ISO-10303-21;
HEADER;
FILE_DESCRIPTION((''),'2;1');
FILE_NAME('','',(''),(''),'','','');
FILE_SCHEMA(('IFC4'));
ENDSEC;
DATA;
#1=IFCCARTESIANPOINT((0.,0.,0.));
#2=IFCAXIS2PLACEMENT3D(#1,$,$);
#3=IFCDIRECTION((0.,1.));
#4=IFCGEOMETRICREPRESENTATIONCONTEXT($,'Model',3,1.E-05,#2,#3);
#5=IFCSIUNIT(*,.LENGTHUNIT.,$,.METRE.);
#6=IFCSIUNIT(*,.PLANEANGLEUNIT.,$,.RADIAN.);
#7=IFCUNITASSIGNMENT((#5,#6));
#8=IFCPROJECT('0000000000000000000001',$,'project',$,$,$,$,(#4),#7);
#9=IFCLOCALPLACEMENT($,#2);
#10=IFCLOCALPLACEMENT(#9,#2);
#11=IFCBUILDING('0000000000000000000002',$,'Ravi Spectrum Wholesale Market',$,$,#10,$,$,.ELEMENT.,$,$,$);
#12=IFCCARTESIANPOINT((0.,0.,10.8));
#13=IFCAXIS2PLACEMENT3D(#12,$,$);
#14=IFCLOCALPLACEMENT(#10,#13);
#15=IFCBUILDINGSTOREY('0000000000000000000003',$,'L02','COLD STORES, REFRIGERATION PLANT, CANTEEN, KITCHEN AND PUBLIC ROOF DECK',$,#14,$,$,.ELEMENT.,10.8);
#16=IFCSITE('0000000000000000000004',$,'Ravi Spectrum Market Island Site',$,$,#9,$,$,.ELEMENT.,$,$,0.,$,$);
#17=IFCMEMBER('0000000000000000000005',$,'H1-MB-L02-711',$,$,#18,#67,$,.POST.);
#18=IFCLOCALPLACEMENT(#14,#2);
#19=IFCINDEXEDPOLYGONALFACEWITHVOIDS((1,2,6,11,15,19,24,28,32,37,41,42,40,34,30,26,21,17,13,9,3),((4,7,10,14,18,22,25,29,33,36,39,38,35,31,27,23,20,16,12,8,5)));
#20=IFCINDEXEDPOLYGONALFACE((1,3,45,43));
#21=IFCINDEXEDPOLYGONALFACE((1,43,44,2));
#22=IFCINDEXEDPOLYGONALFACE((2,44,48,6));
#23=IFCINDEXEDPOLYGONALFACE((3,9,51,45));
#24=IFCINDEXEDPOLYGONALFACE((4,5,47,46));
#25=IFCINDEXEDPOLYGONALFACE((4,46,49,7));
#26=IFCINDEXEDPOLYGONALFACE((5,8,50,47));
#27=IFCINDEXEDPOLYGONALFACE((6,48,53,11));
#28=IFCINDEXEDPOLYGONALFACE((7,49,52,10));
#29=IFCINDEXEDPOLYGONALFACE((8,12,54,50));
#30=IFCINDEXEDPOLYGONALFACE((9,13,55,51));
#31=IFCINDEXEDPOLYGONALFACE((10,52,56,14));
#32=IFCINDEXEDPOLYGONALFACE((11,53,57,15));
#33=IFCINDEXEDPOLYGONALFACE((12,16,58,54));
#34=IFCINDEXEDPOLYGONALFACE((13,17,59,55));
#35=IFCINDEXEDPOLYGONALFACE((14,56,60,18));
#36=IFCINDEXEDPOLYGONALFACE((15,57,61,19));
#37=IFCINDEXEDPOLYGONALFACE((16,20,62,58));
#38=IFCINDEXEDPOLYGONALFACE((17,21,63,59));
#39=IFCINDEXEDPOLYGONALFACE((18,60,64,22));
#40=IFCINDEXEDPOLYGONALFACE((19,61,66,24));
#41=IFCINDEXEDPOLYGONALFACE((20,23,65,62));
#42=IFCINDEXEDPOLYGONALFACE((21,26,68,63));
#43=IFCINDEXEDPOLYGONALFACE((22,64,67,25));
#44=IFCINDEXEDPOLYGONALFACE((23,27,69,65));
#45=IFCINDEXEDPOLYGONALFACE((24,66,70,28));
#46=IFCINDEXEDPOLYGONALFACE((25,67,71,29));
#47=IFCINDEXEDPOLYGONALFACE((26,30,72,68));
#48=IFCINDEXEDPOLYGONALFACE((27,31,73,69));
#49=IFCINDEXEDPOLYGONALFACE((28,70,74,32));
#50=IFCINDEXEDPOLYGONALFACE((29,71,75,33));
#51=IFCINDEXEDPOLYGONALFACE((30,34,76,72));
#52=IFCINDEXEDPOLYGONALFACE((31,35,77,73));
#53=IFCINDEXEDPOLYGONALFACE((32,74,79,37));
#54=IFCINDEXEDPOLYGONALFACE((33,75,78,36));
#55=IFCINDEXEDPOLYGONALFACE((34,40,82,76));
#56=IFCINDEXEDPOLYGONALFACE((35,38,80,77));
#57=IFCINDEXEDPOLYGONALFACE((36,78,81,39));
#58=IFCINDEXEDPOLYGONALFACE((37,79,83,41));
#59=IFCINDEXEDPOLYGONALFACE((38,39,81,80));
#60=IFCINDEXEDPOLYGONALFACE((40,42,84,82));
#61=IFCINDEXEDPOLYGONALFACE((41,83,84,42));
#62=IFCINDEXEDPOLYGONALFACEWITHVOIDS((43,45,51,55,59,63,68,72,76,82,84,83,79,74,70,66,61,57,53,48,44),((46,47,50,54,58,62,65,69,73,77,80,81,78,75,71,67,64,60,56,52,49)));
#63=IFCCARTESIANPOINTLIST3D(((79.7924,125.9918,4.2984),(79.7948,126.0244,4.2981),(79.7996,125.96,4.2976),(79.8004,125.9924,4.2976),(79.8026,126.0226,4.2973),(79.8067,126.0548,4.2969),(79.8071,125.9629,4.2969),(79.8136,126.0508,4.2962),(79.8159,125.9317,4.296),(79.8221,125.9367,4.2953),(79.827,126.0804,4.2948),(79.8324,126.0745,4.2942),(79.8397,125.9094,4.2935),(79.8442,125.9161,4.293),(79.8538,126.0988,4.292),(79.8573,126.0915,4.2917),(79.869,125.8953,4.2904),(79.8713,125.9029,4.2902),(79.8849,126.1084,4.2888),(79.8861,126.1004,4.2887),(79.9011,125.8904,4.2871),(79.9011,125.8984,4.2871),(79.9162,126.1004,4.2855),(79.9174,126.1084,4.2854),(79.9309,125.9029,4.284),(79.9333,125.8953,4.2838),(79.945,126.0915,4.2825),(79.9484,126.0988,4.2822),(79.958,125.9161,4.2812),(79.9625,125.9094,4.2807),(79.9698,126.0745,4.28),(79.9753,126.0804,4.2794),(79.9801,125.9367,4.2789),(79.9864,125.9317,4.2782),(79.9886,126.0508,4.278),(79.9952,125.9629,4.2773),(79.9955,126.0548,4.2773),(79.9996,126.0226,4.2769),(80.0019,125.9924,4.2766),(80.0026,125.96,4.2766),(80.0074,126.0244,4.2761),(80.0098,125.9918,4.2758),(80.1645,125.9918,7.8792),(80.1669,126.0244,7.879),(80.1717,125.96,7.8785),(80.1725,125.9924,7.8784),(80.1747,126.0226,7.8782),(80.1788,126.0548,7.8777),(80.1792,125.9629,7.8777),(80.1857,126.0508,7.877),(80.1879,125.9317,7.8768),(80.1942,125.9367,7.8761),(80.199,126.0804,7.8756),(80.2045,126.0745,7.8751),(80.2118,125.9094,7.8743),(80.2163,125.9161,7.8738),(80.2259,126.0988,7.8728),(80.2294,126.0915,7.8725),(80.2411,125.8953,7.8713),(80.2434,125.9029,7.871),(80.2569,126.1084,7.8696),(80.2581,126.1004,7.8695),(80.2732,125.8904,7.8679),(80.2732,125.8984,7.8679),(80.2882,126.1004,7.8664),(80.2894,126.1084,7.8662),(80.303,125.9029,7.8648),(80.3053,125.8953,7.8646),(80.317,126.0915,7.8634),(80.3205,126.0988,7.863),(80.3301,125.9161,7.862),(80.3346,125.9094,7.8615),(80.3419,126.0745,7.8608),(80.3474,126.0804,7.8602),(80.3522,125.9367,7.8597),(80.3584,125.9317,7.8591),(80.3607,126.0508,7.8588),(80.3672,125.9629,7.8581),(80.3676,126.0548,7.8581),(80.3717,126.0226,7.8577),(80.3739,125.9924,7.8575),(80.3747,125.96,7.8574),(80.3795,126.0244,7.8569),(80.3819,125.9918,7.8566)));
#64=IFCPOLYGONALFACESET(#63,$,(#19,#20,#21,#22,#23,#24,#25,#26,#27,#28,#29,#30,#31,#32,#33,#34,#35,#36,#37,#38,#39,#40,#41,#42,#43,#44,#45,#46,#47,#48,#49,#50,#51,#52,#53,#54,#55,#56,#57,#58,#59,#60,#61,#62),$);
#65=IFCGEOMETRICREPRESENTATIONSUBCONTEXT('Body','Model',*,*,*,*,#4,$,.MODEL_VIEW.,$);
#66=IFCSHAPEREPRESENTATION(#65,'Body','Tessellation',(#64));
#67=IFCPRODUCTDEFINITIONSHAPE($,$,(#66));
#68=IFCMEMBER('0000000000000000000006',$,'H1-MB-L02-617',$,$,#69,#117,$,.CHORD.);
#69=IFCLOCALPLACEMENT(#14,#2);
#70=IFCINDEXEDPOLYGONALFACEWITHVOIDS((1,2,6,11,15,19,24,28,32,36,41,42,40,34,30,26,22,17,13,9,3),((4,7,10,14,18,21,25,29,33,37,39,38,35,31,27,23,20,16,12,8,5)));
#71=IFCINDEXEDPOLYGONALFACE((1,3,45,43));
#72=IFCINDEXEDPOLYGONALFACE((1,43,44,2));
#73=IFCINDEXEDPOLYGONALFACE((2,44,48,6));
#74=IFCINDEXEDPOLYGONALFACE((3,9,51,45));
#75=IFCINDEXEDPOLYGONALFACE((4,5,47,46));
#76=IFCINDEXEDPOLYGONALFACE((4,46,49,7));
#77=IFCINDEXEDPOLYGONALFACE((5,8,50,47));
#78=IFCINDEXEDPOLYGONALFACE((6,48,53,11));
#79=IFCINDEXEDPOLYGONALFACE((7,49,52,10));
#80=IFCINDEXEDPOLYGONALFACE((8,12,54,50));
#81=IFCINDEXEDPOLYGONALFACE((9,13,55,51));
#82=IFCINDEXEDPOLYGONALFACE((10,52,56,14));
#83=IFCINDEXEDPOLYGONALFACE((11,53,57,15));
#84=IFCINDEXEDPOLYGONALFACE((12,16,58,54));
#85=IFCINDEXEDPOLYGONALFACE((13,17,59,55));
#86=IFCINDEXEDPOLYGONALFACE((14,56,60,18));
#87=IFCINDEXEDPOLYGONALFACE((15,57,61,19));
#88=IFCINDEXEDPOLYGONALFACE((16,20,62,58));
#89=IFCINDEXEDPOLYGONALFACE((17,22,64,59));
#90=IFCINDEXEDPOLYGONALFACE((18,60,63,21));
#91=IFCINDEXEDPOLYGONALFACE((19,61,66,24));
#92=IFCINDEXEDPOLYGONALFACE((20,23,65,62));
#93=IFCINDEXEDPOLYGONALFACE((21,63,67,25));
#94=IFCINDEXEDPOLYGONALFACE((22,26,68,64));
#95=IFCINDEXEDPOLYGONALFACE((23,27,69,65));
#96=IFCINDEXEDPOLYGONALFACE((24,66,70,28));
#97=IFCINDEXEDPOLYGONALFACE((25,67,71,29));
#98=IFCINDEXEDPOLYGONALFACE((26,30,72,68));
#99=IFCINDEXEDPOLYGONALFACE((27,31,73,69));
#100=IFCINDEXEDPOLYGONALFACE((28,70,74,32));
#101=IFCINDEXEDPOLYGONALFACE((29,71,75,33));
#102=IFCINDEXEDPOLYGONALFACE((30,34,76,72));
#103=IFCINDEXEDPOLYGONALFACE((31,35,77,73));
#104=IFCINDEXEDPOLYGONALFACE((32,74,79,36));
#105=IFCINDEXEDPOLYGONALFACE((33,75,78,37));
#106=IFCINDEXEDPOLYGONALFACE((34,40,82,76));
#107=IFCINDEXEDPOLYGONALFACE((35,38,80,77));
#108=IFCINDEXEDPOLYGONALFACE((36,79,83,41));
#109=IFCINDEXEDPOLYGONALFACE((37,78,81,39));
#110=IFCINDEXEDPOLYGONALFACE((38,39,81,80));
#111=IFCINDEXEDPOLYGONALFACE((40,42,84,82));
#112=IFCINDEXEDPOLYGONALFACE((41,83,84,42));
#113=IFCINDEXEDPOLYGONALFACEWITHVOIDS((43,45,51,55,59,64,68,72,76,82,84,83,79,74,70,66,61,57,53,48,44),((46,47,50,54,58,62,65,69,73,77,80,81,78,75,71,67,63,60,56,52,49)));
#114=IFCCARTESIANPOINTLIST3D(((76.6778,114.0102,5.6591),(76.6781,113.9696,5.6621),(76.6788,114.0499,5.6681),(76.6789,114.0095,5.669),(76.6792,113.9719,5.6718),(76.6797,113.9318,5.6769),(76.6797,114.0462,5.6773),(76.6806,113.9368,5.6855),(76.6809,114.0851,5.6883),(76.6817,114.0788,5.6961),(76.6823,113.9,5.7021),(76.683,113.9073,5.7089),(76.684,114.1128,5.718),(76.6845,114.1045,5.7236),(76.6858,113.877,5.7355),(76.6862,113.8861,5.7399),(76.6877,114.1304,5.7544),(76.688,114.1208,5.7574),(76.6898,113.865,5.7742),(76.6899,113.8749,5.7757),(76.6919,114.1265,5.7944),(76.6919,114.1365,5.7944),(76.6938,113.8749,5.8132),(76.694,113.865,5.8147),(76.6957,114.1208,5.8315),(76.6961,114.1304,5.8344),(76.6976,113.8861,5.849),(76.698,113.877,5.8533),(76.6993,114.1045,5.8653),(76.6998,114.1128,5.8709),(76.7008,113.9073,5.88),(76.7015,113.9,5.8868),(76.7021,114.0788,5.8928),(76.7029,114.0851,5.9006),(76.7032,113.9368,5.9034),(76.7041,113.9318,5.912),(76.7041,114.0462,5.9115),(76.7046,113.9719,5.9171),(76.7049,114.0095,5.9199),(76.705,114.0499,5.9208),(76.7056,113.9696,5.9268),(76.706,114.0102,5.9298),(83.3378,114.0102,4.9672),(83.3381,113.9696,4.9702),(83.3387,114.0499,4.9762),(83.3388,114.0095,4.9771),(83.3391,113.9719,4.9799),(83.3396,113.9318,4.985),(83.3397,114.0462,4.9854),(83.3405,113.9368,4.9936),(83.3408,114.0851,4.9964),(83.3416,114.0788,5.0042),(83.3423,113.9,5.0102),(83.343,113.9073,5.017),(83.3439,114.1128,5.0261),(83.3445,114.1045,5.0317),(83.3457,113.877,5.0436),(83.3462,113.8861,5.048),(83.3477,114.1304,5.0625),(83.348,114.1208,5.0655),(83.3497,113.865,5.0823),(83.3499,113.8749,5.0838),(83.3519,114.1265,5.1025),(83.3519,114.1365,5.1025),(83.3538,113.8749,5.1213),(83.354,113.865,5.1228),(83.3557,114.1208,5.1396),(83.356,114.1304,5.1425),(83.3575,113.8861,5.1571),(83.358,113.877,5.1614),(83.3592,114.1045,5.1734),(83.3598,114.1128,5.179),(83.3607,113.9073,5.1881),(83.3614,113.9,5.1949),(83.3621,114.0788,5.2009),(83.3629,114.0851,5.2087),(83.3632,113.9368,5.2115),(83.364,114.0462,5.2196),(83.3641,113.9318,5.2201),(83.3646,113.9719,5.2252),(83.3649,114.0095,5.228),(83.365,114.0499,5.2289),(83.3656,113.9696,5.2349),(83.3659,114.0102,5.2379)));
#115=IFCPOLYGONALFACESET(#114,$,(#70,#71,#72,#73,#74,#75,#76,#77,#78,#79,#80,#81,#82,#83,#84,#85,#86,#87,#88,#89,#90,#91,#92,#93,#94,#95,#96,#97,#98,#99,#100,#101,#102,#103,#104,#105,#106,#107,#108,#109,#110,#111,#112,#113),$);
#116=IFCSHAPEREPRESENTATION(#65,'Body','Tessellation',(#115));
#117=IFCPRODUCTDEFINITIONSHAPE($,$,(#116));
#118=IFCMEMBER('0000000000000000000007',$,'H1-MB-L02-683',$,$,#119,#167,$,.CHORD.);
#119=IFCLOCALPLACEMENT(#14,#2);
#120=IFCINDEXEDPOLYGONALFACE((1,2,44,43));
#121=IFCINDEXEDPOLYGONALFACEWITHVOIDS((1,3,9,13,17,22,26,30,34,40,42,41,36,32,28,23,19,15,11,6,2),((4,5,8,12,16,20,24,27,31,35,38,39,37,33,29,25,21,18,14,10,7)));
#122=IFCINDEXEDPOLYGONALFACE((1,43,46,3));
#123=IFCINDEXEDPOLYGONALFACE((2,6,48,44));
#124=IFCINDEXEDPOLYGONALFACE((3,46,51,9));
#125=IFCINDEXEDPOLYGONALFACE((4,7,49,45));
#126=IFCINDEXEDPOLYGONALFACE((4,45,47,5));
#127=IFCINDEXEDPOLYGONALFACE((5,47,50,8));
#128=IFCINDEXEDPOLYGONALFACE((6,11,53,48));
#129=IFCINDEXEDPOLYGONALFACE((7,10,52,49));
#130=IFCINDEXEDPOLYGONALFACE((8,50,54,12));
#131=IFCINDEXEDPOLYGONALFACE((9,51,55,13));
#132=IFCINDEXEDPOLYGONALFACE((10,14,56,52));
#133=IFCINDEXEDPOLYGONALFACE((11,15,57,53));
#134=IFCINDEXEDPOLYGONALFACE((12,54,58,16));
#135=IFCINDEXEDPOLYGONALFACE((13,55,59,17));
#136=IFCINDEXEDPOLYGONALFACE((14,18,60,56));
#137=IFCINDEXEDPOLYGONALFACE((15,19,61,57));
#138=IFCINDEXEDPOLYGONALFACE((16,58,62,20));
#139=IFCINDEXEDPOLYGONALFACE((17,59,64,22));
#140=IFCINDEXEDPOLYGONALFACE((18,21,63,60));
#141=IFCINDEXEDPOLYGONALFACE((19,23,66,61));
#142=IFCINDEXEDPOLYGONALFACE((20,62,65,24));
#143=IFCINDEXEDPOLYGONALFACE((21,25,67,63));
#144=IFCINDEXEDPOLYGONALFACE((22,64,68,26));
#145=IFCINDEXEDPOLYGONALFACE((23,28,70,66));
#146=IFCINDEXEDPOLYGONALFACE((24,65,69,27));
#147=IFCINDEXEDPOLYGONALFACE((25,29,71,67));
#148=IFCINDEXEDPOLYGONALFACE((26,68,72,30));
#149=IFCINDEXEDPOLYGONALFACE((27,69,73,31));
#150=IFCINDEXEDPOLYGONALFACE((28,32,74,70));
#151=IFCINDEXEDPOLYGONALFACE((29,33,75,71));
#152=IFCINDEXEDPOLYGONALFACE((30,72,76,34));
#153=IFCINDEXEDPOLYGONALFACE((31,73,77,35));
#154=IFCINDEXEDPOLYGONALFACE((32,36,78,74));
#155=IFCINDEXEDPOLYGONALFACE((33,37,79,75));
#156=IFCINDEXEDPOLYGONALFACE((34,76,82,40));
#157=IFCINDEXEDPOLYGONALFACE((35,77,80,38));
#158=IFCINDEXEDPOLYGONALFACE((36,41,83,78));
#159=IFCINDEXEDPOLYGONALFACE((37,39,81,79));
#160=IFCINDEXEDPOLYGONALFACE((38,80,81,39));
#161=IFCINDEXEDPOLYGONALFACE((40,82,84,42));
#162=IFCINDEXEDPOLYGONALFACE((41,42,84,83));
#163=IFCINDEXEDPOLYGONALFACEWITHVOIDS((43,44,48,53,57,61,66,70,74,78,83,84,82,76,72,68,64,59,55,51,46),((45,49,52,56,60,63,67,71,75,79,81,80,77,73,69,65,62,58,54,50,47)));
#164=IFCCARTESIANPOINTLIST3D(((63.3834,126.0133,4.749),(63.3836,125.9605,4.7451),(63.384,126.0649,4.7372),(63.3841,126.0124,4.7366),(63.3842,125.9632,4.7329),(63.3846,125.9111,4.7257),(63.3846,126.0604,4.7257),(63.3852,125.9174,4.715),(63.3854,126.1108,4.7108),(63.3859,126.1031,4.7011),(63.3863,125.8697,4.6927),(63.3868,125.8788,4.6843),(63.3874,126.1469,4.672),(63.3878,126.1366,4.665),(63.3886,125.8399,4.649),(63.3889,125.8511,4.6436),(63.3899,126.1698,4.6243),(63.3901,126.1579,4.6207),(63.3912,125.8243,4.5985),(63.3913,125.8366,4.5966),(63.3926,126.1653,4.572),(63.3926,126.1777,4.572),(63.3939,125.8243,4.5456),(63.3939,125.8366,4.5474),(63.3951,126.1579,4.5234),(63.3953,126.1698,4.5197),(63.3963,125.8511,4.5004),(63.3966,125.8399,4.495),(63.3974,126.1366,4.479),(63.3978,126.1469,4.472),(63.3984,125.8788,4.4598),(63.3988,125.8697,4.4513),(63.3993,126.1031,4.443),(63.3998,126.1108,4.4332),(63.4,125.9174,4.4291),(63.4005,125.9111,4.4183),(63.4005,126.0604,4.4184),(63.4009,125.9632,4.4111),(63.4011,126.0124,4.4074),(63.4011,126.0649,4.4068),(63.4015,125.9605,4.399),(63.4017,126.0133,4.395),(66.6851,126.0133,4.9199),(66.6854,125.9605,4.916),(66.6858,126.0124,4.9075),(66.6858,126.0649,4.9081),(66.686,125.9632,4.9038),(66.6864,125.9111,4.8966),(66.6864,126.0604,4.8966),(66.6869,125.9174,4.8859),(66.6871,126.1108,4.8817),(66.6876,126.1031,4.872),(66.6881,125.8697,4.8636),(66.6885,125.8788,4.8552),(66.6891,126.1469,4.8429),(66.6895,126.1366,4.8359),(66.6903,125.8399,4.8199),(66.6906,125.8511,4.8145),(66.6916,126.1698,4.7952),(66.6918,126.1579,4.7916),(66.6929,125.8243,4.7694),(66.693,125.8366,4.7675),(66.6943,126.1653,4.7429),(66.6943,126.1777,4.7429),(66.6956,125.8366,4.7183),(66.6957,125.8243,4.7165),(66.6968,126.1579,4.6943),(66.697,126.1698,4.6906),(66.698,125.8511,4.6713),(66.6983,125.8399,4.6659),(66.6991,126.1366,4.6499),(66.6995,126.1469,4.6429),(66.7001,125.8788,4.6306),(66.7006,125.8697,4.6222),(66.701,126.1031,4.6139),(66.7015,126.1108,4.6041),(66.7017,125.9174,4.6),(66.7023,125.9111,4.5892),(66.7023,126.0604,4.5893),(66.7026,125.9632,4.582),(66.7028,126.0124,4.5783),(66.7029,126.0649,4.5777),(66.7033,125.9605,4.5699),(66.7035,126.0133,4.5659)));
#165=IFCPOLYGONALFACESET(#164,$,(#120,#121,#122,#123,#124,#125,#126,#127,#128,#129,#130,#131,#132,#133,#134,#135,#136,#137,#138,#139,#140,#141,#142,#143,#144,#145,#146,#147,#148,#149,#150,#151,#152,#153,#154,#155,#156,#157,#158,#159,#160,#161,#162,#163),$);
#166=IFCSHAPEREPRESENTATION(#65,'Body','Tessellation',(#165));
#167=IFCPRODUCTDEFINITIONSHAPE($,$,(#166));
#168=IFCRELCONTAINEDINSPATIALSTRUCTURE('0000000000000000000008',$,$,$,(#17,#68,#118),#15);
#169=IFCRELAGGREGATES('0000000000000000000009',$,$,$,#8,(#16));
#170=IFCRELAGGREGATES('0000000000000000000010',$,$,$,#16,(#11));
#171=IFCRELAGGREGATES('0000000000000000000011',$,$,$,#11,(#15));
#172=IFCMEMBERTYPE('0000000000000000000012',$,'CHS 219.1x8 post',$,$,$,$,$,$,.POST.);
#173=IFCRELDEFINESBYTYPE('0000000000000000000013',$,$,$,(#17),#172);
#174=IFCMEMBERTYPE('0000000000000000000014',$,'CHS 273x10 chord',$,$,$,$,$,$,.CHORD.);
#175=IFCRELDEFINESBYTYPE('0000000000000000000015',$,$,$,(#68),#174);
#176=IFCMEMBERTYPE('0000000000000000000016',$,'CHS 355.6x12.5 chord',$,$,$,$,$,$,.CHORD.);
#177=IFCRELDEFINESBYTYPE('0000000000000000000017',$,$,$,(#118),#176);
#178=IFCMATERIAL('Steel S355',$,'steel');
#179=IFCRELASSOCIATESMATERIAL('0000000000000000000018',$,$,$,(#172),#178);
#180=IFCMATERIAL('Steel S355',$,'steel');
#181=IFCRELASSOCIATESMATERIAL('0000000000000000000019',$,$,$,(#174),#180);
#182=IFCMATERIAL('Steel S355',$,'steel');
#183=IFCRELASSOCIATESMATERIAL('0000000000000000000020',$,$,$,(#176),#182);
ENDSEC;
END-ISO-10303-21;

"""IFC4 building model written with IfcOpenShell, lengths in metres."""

from ifc_helpers import new_model, si_unit, direction, frame, origin, origin_2d, place, context, subcontext, project, spatial, hollow_circle, extrude, material, material_profile, profile_set, type_object, element, save


model = new_model("IFC4")

# Units and contexts
model_context = context("Model", 3, precision=1e-05, world=origin(), true_north=direction((0.0, 1.0)))
body_context = subcontext(model_context, "Body", "Model", "MODEL_VIEW")
ifc_project = project(units=[si_unit("LENGTHUNIT", "METRE"), si_unit("PLANEANGLEUNIT", "RADIAN")], contexts=[model_context])

# Site, building, storey
site_placement = place(None, origin())
site = spatial("IfcSite", under=ifc_project, at=site_placement, Name="Ravi Spectrum Market Island Site", CompositionType="ELEMENT", RefElevation=0.0)
building_placement = place(site_placement, origin())
building = spatial("IfcBuilding", under=site, at=building_placement, Name="Ravi Spectrum Wholesale Market", CompositionType="ELEMENT")
storey_placement = place(building_placement, frame((0.0, 0.0, 10.8)))
storey = spatial("IfcBuildingStorey", under=building, at=storey_placement, Name="L02", Description="COLD STORES, REFRIGERATION PLANT, CANTEEN, KITCHEN AND PUBLIC ROOF DECK", CompositionType="ELEMENT", Elevation=10.8)

# Members
ifc_material_1 = material(Name="Steel S355", Category="steel")
ifc_material_profile_1 = material_profile(ifc_material_1, hollow_circle(Radius=0.1096, WallThickness=0.0081, at=origin_2d()))
ifc_profile_set_1 = profile_set([ifc_material_profile_1], Name="Steel S355")
member_type_1 = type_object("IfcMemberType", Name="CHS 219.1x8 post", PredefinedType="POST", material=ifc_profile_set_1)
member_1_placement = place(storey_placement, frame((80.2732, 126.0, 7.8679), z_axis=(-0.10335, 0.0, -0.994645), x_axis=(0.0, -1.0, 0.0)))
element("IfcMember", 1, at=member_1_placement, inside=storey, type_object=member_type_1, Name="H1-MB-L02-711", PredefinedType="POST", context=body_context, shape_type="SweptSolid", body=[
    extrude(hollow_circle(Radius=0.1096, WallThickness=0.0081, at=origin_2d()), origin(), (0.0, 0.0, 1.0), 3.6001),
])
ifc_material_2 = material(Name="Steel S355", Category="steel")
ifc_material_profile_2 = material_profile(ifc_material_2, hollow_circle(Radius=0.1365, WallThickness=0.01, at=origin_2d()))
ifc_profile_set_2 = profile_set([ifc_material_profile_2], Name="Steel S355")
member_type_2 = type_object("IfcMemberType", Name="CHS 273x10 chord", PredefinedType="CHORD", material=ifc_profile_set_2)
member_2_placement = place(storey_placement, frame((76.6919, 114.0, 5.7944), z_axis=(0.994647, 0.0, -0.103333), x_axis=(0.0, 1.0, 0.0)))
element("IfcMember", 2, at=member_2_placement, inside=storey, type_object=member_type_2, Name="H1-MB-L02-617", PredefinedType="CHORD", context=body_context, shape_type="SweptSolid", body=[
    extrude(hollow_circle(Radius=0.1365, WallThickness=0.01, at=origin_2d()), origin(), (0.0, 0.0, 1.0), 6.6958),
])
ifc_material_3 = material(Name="Steel S355", Category="steel")
ifc_material_profile_3 = material_profile(ifc_material_3, hollow_circle(Radius=0.1777, WallThickness=0.0125, at=origin_2d()))
ifc_profile_set_3 = profile_set([ifc_material_profile_3], Name="Steel S355")
member_type_3 = type_object("IfcMemberType", Name="CHS 355.6x12.5 chord", PredefinedType="CHORD", material=ifc_profile_set_3)
for number, where, z_axis, x_axis, name in (
    (3, (63.3926, 126.0, 4.572), (0.998663, 0.0, 0.051691), (0.0, 1.0, 0.0), "H1-MB-L02-683"),
):
    element("IfcMember", number, at=place(storey_placement, frame(where, z_axis=z_axis, x_axis=x_axis)), inside=storey, type_object=member_type_3, Name=name, PredefinedType="CHORD", context=body_context, shape_type="SweptSolid", body=[
        extrude(hollow_circle(Radius=0.1777, WallThickness=0.0125, at=origin_2d()), origin(), (0.0, 0.0, 1.0), 3.3062),
    ])

save(model, "model.ifc")
